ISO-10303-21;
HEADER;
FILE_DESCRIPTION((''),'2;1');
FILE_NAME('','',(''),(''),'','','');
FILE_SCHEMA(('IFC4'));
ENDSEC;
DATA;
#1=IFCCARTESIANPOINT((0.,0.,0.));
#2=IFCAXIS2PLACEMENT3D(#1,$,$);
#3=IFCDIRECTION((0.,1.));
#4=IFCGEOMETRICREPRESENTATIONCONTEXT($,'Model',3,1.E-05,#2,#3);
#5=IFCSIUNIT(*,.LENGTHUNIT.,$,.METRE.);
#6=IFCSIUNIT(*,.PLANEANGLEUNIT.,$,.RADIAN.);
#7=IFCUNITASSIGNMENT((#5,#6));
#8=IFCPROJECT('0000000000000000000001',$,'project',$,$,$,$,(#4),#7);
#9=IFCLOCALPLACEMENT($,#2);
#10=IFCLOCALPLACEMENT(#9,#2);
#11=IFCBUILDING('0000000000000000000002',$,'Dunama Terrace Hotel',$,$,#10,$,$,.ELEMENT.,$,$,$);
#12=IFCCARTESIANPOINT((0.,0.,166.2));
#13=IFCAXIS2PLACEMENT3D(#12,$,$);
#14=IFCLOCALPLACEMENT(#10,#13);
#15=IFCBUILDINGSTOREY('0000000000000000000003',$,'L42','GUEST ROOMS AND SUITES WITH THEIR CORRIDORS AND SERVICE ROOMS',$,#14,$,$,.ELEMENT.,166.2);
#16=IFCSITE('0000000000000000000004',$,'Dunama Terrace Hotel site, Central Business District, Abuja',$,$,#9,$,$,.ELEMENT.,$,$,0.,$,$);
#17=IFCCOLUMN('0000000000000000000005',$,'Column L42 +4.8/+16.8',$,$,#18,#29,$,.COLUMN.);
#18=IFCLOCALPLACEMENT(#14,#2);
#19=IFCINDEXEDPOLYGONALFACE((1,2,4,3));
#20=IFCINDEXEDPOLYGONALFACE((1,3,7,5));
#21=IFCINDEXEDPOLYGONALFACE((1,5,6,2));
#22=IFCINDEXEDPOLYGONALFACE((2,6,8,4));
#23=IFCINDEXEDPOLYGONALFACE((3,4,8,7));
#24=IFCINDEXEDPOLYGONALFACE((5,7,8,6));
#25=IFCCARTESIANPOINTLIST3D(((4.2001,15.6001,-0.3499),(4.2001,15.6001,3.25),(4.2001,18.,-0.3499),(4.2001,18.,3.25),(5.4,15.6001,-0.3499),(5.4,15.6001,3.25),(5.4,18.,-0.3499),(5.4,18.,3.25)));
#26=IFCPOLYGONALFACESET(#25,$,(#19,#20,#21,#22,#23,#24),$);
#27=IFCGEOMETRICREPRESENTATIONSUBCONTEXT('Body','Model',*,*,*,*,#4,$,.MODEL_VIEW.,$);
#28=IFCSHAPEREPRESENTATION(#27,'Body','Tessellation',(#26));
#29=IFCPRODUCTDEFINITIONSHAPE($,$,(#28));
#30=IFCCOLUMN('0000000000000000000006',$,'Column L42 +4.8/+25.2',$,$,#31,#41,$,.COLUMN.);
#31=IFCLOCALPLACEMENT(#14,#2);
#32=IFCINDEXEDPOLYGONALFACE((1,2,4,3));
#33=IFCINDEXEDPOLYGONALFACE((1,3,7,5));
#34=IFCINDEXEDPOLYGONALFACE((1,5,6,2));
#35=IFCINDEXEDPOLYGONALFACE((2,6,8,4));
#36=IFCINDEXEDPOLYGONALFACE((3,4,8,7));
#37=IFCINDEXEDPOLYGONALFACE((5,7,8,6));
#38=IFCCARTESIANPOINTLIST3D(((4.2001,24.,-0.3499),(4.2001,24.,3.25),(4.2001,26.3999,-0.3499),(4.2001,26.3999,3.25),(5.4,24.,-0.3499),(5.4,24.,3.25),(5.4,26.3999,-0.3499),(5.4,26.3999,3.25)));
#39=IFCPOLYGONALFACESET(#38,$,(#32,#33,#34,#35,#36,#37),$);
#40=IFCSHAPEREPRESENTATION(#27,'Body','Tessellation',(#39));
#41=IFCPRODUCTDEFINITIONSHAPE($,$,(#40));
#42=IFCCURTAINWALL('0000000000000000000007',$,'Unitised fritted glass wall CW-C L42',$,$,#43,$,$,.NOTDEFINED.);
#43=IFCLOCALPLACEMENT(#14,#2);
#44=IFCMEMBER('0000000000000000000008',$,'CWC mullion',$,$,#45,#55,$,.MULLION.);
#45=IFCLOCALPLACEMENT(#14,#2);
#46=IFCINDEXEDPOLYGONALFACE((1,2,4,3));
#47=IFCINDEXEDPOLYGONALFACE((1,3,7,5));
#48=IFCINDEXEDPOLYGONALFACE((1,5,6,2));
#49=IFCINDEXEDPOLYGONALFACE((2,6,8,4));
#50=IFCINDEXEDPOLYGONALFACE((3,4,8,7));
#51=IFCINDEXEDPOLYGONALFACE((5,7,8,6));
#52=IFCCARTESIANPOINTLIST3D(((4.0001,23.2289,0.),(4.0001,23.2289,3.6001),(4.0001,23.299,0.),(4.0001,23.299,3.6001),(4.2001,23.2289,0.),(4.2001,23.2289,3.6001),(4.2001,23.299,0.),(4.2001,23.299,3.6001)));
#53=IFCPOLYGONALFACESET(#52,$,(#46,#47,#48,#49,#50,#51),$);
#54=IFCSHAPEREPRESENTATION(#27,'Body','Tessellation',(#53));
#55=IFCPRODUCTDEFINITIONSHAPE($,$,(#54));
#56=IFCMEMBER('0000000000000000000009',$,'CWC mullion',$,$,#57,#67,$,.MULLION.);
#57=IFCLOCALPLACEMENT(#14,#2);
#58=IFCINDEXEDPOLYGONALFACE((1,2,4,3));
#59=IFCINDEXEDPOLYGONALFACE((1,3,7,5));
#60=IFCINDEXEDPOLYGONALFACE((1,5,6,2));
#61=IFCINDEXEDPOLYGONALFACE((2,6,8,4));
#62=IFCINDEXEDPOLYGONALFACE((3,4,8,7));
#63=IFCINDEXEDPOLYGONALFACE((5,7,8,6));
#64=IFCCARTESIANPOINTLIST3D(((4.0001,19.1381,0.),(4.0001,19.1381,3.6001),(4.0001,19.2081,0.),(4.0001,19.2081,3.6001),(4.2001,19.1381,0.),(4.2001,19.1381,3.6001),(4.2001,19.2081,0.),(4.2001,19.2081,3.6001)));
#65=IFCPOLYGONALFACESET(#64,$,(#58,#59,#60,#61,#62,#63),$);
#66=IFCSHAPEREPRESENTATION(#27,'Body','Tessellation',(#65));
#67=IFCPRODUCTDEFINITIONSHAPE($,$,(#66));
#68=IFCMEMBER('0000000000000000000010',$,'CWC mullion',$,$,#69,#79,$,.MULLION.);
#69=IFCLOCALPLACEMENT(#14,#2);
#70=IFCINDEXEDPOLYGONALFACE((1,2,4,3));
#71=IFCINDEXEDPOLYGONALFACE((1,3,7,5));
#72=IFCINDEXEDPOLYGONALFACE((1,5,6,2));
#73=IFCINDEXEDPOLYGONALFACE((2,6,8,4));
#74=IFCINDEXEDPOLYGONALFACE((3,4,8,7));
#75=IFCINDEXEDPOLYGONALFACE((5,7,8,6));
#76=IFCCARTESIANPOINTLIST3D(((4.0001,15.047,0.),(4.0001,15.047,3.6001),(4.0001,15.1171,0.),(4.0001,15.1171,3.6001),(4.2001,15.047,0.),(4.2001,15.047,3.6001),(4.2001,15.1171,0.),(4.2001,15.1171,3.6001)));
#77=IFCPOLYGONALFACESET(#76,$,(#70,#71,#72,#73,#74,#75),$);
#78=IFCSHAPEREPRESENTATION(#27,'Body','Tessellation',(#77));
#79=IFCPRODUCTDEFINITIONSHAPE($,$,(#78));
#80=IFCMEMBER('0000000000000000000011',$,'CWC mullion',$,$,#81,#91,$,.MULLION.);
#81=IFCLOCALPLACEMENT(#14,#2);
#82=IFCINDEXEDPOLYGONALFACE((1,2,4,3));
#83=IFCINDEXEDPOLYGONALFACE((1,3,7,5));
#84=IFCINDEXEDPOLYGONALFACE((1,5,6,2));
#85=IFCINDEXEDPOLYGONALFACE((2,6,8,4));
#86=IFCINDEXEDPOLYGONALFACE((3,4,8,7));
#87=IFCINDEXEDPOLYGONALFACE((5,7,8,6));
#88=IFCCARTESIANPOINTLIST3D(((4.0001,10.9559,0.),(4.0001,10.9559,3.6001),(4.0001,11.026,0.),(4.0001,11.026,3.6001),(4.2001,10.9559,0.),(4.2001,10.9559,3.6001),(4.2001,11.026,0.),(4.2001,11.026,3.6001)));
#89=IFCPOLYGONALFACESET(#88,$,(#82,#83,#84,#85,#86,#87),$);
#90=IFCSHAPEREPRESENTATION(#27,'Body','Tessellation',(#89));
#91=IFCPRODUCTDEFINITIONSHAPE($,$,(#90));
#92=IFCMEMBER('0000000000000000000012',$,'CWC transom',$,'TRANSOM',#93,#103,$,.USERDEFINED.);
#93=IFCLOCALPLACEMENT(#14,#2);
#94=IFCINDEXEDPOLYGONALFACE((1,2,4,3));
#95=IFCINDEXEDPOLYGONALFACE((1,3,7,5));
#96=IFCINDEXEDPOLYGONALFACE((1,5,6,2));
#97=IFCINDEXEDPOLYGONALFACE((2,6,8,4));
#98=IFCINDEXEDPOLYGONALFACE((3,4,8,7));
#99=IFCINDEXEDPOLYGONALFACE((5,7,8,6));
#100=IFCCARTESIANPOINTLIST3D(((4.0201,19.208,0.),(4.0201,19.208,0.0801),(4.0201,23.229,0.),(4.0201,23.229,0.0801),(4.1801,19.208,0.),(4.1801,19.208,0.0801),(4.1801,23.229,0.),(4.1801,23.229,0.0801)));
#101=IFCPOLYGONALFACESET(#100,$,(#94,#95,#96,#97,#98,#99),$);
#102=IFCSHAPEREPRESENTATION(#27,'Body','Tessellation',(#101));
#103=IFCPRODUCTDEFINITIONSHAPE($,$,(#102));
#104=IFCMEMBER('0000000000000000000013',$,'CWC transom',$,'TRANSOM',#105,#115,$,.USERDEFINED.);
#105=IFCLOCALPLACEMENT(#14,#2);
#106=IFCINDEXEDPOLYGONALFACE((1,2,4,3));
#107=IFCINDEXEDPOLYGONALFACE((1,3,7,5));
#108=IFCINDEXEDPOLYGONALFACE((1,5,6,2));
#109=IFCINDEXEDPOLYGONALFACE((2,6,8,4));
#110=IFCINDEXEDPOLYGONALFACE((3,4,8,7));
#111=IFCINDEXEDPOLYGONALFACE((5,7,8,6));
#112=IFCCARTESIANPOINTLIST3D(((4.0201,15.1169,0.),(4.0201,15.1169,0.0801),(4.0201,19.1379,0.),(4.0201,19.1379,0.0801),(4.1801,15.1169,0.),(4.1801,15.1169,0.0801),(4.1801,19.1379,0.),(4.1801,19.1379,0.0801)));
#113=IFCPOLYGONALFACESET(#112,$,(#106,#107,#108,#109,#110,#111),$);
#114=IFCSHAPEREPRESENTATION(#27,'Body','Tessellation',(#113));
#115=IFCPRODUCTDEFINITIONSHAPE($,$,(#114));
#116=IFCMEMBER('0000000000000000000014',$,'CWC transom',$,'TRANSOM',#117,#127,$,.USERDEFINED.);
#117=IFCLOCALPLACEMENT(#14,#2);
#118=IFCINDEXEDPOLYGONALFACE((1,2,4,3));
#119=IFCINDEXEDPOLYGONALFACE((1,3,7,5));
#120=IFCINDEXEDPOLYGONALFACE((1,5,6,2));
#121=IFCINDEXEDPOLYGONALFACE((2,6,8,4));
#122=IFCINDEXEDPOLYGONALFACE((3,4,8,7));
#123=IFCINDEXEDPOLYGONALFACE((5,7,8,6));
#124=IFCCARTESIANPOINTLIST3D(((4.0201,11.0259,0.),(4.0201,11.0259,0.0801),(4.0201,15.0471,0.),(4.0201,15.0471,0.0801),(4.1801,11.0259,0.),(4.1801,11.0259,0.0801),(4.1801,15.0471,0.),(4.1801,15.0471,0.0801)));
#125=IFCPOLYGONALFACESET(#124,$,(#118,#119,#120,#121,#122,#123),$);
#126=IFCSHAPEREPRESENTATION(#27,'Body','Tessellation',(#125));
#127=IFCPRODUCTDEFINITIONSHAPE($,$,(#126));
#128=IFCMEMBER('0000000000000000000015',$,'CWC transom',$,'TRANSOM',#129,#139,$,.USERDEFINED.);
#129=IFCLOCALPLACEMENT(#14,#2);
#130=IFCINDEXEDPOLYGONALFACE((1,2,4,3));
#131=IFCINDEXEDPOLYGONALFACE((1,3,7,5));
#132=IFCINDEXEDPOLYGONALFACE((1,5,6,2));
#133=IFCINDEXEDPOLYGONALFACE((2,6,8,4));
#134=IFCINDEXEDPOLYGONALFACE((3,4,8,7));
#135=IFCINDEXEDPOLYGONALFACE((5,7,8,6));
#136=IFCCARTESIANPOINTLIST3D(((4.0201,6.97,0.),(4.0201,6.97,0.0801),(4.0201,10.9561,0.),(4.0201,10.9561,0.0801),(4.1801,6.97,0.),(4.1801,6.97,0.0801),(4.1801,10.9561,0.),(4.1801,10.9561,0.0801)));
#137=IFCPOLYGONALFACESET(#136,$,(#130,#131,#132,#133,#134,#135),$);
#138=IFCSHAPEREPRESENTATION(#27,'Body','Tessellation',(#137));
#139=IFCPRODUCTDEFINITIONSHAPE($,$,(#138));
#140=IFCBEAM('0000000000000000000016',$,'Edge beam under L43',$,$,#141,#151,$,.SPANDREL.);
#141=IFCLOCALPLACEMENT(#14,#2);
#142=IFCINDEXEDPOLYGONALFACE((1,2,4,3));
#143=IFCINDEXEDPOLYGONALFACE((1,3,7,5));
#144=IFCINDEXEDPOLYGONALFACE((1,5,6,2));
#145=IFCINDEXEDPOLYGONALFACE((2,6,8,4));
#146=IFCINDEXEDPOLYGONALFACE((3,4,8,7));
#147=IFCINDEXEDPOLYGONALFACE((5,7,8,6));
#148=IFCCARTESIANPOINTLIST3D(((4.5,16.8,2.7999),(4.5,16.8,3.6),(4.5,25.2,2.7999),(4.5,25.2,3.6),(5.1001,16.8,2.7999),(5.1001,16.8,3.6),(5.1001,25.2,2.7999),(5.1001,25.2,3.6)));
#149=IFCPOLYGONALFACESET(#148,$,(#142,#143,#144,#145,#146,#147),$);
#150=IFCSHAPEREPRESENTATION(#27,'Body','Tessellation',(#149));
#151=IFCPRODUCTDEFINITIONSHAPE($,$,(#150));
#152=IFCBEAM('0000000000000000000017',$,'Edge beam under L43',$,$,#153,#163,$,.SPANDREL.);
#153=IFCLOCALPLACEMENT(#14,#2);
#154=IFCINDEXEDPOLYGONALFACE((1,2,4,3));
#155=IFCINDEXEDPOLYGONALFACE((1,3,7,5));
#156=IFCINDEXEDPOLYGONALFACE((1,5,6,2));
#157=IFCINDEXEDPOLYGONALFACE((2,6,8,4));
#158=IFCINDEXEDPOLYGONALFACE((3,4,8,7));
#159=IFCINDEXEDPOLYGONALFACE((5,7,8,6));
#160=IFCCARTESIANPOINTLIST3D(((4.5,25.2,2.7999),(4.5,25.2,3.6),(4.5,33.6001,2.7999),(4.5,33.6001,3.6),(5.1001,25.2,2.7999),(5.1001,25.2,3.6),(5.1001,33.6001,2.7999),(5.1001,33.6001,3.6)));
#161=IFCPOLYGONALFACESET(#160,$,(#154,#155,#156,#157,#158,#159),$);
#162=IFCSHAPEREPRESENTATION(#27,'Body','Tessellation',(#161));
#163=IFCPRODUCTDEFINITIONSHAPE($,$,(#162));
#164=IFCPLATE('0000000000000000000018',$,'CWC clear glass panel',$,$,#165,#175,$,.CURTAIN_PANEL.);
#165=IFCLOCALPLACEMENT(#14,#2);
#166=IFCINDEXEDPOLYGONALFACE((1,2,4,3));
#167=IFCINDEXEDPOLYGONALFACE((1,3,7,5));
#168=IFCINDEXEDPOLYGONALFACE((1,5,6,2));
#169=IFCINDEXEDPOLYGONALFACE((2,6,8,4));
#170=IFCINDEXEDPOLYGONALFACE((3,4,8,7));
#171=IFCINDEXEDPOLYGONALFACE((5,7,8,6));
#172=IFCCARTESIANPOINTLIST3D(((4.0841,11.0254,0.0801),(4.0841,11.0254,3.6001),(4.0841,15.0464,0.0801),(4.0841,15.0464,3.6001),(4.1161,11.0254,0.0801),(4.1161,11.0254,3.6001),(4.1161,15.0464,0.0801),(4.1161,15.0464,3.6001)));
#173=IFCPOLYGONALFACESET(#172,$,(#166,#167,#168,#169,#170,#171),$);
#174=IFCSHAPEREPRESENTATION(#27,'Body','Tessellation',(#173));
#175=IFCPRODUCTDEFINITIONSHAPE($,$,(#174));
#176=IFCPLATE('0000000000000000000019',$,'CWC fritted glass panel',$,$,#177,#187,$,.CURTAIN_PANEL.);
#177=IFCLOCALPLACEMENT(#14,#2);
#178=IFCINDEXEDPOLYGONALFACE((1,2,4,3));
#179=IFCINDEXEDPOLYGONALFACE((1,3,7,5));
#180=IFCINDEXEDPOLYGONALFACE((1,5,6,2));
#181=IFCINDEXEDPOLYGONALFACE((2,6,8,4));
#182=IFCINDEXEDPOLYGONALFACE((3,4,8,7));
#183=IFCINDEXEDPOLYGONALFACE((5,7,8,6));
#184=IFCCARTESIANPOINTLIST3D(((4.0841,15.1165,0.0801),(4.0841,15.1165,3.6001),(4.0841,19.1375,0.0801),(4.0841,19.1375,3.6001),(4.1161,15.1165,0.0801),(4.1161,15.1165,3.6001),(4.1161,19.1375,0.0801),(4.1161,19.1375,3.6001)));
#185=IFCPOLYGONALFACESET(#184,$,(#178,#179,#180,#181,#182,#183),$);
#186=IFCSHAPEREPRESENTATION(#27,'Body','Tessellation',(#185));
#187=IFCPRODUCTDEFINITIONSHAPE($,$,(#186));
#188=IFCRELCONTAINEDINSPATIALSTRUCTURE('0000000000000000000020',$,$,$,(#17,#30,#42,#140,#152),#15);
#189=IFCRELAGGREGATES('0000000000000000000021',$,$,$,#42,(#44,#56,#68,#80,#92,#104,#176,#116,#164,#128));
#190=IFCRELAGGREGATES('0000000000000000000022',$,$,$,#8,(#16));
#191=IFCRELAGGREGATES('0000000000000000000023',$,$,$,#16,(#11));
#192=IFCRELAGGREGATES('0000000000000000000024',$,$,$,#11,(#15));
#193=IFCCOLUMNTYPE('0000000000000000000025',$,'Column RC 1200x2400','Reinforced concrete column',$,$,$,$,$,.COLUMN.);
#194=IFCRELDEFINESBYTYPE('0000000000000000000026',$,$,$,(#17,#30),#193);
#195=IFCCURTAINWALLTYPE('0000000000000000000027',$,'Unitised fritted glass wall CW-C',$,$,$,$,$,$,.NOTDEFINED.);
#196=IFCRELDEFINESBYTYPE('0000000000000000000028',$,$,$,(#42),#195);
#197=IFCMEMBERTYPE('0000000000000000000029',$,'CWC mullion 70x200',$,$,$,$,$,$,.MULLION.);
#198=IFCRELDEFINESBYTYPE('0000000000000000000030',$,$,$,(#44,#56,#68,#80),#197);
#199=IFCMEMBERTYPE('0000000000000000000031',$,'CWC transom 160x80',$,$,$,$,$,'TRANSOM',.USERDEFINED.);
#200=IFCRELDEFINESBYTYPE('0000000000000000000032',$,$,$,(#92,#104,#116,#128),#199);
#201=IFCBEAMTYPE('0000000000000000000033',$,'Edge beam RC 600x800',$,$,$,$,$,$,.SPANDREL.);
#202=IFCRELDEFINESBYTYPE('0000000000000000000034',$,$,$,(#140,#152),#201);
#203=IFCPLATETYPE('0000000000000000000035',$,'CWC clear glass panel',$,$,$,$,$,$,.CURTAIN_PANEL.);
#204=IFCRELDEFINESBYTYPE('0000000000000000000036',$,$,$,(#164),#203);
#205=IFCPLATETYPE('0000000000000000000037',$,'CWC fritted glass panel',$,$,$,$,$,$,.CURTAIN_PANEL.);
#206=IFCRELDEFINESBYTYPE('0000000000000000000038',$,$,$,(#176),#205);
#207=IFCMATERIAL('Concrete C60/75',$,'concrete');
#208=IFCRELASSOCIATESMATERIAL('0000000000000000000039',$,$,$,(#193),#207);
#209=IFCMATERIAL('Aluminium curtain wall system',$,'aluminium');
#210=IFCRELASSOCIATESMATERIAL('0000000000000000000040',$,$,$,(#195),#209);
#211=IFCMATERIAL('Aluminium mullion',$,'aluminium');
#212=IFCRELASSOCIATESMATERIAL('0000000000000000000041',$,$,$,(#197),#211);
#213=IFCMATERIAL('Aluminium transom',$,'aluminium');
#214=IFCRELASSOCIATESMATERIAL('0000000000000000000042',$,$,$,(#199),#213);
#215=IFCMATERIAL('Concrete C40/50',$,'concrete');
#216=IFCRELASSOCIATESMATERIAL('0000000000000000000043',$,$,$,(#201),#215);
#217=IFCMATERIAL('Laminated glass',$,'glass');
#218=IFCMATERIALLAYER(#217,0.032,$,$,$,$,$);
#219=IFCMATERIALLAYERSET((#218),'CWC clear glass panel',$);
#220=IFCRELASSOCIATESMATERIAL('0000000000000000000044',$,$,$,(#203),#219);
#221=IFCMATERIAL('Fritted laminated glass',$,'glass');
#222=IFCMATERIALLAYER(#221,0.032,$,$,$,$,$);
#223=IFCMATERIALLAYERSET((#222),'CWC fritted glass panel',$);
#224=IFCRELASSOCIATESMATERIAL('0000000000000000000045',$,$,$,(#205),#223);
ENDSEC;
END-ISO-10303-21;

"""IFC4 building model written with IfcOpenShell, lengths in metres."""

from ifc_helpers import new_model, si_unit, direction, frame, origin, origin_2d, place, context, subcontext, project, spatial, rectangle, extrude, material, layer, layer_set, material_profile, profile_set, type_object, element, aggregate, save


model = new_model("IFC4")

# Units and contexts
model_context = context("Model", 3, precision=1e-05, world=origin(), true_north=direction((0.0, 1.0)))
body_context = subcontext(model_context, "Body", "Model", "MODEL_VIEW")
ifc_project = project(units=[si_unit("LENGTHUNIT", "METRE"), si_unit("PLANEANGLEUNIT", "RADIAN")], contexts=[model_context])

# Site, building, storey
site_placement = place(None, origin())
site = spatial("IfcSite", under=ifc_project, at=site_placement, Name="Dunama Terrace Hotel site, Central Business District, Abuja", CompositionType="ELEMENT", RefElevation=0.0)
building_placement = place(site_placement, origin())
building = spatial("IfcBuilding", under=site, at=building_placement, Name="Dunama Terrace Hotel", CompositionType="ELEMENT")
storey_placement = place(building_placement, frame((0.0, 0.0, 166.2)))
storey = spatial("IfcBuildingStorey", under=building, at=storey_placement, Name="L42", Description="GUEST ROOMS AND SUITES WITH THEIR CORRIDORS AND SERVICE ROOMS", CompositionType="ELEMENT", Elevation=166.2)

# Columns
ifc_material_1 = material(Name="Concrete C60/75", Category="concrete")
ifc_material_profile_1 = material_profile(ifc_material_1, rectangle(XDim=1.2, YDim=2.3999, at=origin_2d()), Name="RC 1200x2400")
ifc_profile_set_1 = profile_set([ifc_material_profile_1], Name="Concrete C60/75")
column_type = type_object("IfcColumnType", Name="Column RC 1200x2400", Description="Reinforced concrete column", PredefinedType="COLUMN", material=ifc_profile_set_1)
for number, where, z_axis, x_axis, name in (
    (1, (4.8, 16.8, -0.3499), (0.0, 0.0, 1.0), (1.0, 0.0, 0.0), "Column L42 +4.8/+16.8"),
    (2, (4.8, 25.2, -0.3499), (0.0, 0.0, 1.0), (1.0, 0.0, 0.0), "Column L42 +4.8/+25.2"),
):
    element("IfcColumn", number, at=place(storey_placement, frame(where, z_axis=z_axis, x_axis=x_axis)), inside=storey, type_object=column_type, Name=name, PredefinedType="COLUMN", context=body_context, shape_type="SweptSolid", body=[
        extrude(rectangle(XDim=1.2, YDim=2.3999, at=origin_2d()), origin(), (0.0, 0.0, 1.0), 3.5999),
    ])

# Curtain wall, members
ifc_material_2 = material(Name="Aluminium curtain wall system", Category="aluminium")
curtain_wall_type = type_object("IfcCurtainWallType", Name="Unitised fritted glass wall CW-C", PredefinedType="NOTDEFINED", material=ifc_material_2)
curtain_wall_placement = place(storey_placement, origin())
curtain_wall = element("IfcCurtainWall", 3, at=curtain_wall_placement, inside=storey, type_object=curtain_wall_type, Name="Unitised fritted glass wall CW-C L42", PredefinedType="NOTDEFINED")
ifc_material_3 = material(Name="Aluminium mullion", Category="aluminium")
ifc_material_profile_2 = material_profile(ifc_material_3, rectangle(XDim=0.0701, YDim=0.2, at=origin_2d()), Name="CWC MULLION 70X200")
ifc_profile_set_2 = profile_set([ifc_material_profile_2], Name="Aluminium mullion")
member_type_1 = type_object("IfcMemberType", Name="CWC mullion 70x200", PredefinedType="MULLION", material=ifc_profile_set_2)
member_1_placement = place(storey_placement, frame((4.1001, 23.2639, 0.0), z_axis=(0.0, 0.0, 1.0), x_axis=(0.0, -1.0, 0.0)))
member_1 = element("IfcMember", 4, at=member_1_placement, type_object=member_type_1, Name="CWC mullion", PredefinedType="MULLION", context=body_context, shape_type="SweptSolid", body=[
    extrude(rectangle(XDim=0.0701, YDim=0.2, at=origin_2d()), origin(), (0.0, 0.0, 1.0), 3.6001),
])
member_2_placement = place(storey_placement, frame((4.1001, 19.1731, 0.0), z_axis=(0.0, 0.0, 1.0), x_axis=(0.0, -1.0, 0.0)))
member_2 = element("IfcMember", 5, at=member_2_placement, type_object=member_type_1, Name="CWC mullion", PredefinedType="MULLION", context=body_context, shape_type="SweptSolid", body=[
    extrude(rectangle(XDim=0.0701, YDim=0.2, at=origin_2d()), origin(), (0.0, 0.0, 1.0), 3.6001),
])
member_3_placement = place(storey_placement, frame((4.1001, 15.082, 0.0), z_axis=(0.0, 0.0, 1.0), x_axis=(0.0, -1.0, 0.0)))
member_3 = element("IfcMember", 6, at=member_3_placement, type_object=member_type_1, Name="CWC mullion", PredefinedType="MULLION", context=body_context, shape_type="SweptSolid", body=[
    extrude(rectangle(XDim=0.0701, YDim=0.2, at=origin_2d()), origin(), (0.0, 0.0, 1.0), 3.6001),
])
member_4_placement = place(storey_placement, frame((4.1001, 10.991, 0.0), z_axis=(0.0, 0.0, 1.0), x_axis=(0.0, -1.0, 0.0)))
member_4 = element("IfcMember", 7, at=member_4_placement, type_object=member_type_1, Name="CWC mullion", PredefinedType="MULLION", context=body_context, shape_type="SweptSolid", body=[
    extrude(rectangle(XDim=0.0701, YDim=0.2, at=origin_2d()), origin(), (0.0, 0.0, 1.0), 3.6001),
])
ifc_material_4 = material(Name="Aluminium transom", Category="aluminium")
ifc_material_profile_3 = material_profile(ifc_material_4, rectangle(XDim=0.1599, YDim=0.0801, at=origin_2d()), Name="CWC TRANSOM 160X80")
ifc_profile_set_3 = profile_set([ifc_material_profile_3], Name="Aluminium transom")
member_type_2 = type_object("IfcMemberType", Name="CWC transom 160x80", ElementType="TRANSOM", PredefinedType="USERDEFINED", material=ifc_profile_set_3)
member_5_placement = place(storey_placement, frame((4.1001, 23.229, 0.04), z_axis=(0.0, -1.0, 0.0), x_axis=(1.0, 0.0, 0.0)))
member_5 = element("IfcMember", 8, at=member_5_placement, type_object=member_type_2, Name="CWC transom", ObjectType="TRANSOM", PredefinedType="USERDEFINED", context=body_context, shape_type="SweptSolid", body=[
    extrude(rectangle(XDim=0.1599, YDim=0.0801, at=origin_2d()), origin(), (0.0, 0.0, 1.0), 4.021),
])
member_6_placement = place(storey_placement, frame((4.1001, 19.1379, 0.04), z_axis=(0.0, -1.0, 0.0), x_axis=(1.0, 0.0, 0.0)))
member_6 = element("IfcMember", 9, at=member_6_placement, type_object=member_type_2, Name="CWC transom", ObjectType="TRANSOM", PredefinedType="USERDEFINED", context=body_context, shape_type="SweptSolid", body=[
    extrude(rectangle(XDim=0.1599, YDim=0.0801, at=origin_2d()), origin(), (0.0, 0.0, 1.0), 4.021),
])
member_7_placement = place(storey_placement, frame((4.1001, 15.0471, 0.04), z_axis=(0.0, -1.0, 0.0), x_axis=(1.0, 0.0, 0.0)))
member_7 = element("IfcMember", 10, at=member_7_placement, type_object=member_type_2, Name="CWC transom", ObjectType="TRANSOM", PredefinedType="USERDEFINED", context=body_context, shape_type="SweptSolid", body=[
    extrude(rectangle(XDim=0.1599, YDim=0.0801, at=origin_2d()), origin(), (0.0, 0.0, 1.0), 4.0212),
])
member_8_placement = place(storey_placement, frame((4.1001, 10.9561, 0.04), z_axis=(0.0, -1.0, 0.0), x_axis=(1.0, 0.0, 0.0)))
member_8 = element("IfcMember", 11, at=member_8_placement, type_object=member_type_2, Name="CWC transom", ObjectType="TRANSOM", PredefinedType="USERDEFINED", context=body_context, shape_type="SweptSolid", body=[
    extrude(rectangle(XDim=0.1599, YDim=0.0801, at=origin_2d()), origin(), (0.0, 0.0, 1.0), 3.9861),
])

# Beams
ifc_material_5 = material(Name="Concrete C40/50", Category="concrete")
ifc_material_profile_4 = material_profile(ifc_material_5, rectangle(XDim=0.6001, YDim=0.8, at=origin_2d()), Name="RC 600x800")
ifc_profile_set_4 = profile_set([ifc_material_profile_4], Name="Concrete C40/50")
beam_type = type_object("IfcBeamType", Name="Edge beam RC 600x800", PredefinedType="SPANDREL", material=ifc_profile_set_4)
beam_1_placement = place(storey_placement, frame((4.8, 16.8, 3.2), z_axis=(0.0, 1.0, 0.0), x_axis=(-1.0, 0.0, 0.0)))
element("IfcBeam", 12, at=beam_1_placement, inside=storey, type_object=beam_type, Name="Edge beam under L43", PredefinedType="SPANDREL", context=body_context, shape_type="SweptSolid", body=[
    extrude(rectangle(XDim=0.6001, YDim=0.8, at=origin_2d()), origin(), (0.0, 0.0, 1.0), 8.3999),
])
beam_2_placement = place(storey_placement, frame((4.8, 25.2, 3.2), z_axis=(0.0, 1.0, 0.0), x_axis=(-1.0, 0.0, 0.0)))
element("IfcBeam", 13, at=beam_2_placement, inside=storey, type_object=beam_type, Name="Edge beam under L43", PredefinedType="SPANDREL", context=body_context, shape_type="SweptSolid", body=[
    extrude(rectangle(XDim=0.6001, YDim=0.8, at=origin_2d()), origin(), (0.0, 0.0, 1.0), 8.4001),
])

# Plates
ifc_material_6 = material(Name="Laminated glass", Category="glass")
ifc_layer_1 = layer(ifc_material_6, 0.032)
ifc_layer_set_1 = layer_set([ifc_layer_1], Name="CWC clear glass panel")
plate_type_1 = type_object("IfcPlateType", Name="CWC clear glass panel", PredefinedType="CURTAIN_PANEL", material=ifc_layer_set_1)
plate_1_placement = place(storey_placement, frame((4.1001, 13.0359, 0.0801), z_axis=(0.0, 0.0, 1.0), x_axis=(0.0, -1.0, 0.0)))
plate_1 = element("IfcPlate", 14, at=plate_1_placement, type_object=plate_type_1, Name="CWC clear glass panel", PredefinedType="CURTAIN_PANEL", context=body_context, shape_type="SweptSolid", body=[
    extrude(rectangle(XDim=4.021, YDim=0.032, at=origin_2d()), origin(), (0.0, 0.0, 1.0), 3.52),
])
ifc_material_7 = material(Name="Fritted laminated glass", Category="glass")
ifc_layer_2 = layer(ifc_material_7, 0.032)
ifc_layer_set_2 = layer_set([ifc_layer_2], Name="CWC fritted glass panel")
plate_type_2 = type_object("IfcPlateType", Name="CWC fritted glass panel", PredefinedType="CURTAIN_PANEL", material=ifc_layer_set_2)
plate_2_placement = place(storey_placement, frame((4.1001, 17.127, 0.0801), z_axis=(0.0, 0.0, 1.0), x_axis=(0.0, -1.0, 0.0)))
plate_2 = element("IfcPlate", 15, at=plate_2_placement, type_object=plate_type_2, Name="CWC fritted glass panel", PredefinedType="CURTAIN_PANEL", context=body_context, shape_type="SweptSolid", body=[
    extrude(rectangle(XDim=4.021, YDim=0.032, at=origin_2d()), origin(), (0.0, 0.0, 1.0), 3.52),
])
aggregate(curtain_wall, [member_1, member_2, member_3, member_4, member_5, member_6, plate_2, member_7, plate_1, member_8])

save(model, "model.ifc")
